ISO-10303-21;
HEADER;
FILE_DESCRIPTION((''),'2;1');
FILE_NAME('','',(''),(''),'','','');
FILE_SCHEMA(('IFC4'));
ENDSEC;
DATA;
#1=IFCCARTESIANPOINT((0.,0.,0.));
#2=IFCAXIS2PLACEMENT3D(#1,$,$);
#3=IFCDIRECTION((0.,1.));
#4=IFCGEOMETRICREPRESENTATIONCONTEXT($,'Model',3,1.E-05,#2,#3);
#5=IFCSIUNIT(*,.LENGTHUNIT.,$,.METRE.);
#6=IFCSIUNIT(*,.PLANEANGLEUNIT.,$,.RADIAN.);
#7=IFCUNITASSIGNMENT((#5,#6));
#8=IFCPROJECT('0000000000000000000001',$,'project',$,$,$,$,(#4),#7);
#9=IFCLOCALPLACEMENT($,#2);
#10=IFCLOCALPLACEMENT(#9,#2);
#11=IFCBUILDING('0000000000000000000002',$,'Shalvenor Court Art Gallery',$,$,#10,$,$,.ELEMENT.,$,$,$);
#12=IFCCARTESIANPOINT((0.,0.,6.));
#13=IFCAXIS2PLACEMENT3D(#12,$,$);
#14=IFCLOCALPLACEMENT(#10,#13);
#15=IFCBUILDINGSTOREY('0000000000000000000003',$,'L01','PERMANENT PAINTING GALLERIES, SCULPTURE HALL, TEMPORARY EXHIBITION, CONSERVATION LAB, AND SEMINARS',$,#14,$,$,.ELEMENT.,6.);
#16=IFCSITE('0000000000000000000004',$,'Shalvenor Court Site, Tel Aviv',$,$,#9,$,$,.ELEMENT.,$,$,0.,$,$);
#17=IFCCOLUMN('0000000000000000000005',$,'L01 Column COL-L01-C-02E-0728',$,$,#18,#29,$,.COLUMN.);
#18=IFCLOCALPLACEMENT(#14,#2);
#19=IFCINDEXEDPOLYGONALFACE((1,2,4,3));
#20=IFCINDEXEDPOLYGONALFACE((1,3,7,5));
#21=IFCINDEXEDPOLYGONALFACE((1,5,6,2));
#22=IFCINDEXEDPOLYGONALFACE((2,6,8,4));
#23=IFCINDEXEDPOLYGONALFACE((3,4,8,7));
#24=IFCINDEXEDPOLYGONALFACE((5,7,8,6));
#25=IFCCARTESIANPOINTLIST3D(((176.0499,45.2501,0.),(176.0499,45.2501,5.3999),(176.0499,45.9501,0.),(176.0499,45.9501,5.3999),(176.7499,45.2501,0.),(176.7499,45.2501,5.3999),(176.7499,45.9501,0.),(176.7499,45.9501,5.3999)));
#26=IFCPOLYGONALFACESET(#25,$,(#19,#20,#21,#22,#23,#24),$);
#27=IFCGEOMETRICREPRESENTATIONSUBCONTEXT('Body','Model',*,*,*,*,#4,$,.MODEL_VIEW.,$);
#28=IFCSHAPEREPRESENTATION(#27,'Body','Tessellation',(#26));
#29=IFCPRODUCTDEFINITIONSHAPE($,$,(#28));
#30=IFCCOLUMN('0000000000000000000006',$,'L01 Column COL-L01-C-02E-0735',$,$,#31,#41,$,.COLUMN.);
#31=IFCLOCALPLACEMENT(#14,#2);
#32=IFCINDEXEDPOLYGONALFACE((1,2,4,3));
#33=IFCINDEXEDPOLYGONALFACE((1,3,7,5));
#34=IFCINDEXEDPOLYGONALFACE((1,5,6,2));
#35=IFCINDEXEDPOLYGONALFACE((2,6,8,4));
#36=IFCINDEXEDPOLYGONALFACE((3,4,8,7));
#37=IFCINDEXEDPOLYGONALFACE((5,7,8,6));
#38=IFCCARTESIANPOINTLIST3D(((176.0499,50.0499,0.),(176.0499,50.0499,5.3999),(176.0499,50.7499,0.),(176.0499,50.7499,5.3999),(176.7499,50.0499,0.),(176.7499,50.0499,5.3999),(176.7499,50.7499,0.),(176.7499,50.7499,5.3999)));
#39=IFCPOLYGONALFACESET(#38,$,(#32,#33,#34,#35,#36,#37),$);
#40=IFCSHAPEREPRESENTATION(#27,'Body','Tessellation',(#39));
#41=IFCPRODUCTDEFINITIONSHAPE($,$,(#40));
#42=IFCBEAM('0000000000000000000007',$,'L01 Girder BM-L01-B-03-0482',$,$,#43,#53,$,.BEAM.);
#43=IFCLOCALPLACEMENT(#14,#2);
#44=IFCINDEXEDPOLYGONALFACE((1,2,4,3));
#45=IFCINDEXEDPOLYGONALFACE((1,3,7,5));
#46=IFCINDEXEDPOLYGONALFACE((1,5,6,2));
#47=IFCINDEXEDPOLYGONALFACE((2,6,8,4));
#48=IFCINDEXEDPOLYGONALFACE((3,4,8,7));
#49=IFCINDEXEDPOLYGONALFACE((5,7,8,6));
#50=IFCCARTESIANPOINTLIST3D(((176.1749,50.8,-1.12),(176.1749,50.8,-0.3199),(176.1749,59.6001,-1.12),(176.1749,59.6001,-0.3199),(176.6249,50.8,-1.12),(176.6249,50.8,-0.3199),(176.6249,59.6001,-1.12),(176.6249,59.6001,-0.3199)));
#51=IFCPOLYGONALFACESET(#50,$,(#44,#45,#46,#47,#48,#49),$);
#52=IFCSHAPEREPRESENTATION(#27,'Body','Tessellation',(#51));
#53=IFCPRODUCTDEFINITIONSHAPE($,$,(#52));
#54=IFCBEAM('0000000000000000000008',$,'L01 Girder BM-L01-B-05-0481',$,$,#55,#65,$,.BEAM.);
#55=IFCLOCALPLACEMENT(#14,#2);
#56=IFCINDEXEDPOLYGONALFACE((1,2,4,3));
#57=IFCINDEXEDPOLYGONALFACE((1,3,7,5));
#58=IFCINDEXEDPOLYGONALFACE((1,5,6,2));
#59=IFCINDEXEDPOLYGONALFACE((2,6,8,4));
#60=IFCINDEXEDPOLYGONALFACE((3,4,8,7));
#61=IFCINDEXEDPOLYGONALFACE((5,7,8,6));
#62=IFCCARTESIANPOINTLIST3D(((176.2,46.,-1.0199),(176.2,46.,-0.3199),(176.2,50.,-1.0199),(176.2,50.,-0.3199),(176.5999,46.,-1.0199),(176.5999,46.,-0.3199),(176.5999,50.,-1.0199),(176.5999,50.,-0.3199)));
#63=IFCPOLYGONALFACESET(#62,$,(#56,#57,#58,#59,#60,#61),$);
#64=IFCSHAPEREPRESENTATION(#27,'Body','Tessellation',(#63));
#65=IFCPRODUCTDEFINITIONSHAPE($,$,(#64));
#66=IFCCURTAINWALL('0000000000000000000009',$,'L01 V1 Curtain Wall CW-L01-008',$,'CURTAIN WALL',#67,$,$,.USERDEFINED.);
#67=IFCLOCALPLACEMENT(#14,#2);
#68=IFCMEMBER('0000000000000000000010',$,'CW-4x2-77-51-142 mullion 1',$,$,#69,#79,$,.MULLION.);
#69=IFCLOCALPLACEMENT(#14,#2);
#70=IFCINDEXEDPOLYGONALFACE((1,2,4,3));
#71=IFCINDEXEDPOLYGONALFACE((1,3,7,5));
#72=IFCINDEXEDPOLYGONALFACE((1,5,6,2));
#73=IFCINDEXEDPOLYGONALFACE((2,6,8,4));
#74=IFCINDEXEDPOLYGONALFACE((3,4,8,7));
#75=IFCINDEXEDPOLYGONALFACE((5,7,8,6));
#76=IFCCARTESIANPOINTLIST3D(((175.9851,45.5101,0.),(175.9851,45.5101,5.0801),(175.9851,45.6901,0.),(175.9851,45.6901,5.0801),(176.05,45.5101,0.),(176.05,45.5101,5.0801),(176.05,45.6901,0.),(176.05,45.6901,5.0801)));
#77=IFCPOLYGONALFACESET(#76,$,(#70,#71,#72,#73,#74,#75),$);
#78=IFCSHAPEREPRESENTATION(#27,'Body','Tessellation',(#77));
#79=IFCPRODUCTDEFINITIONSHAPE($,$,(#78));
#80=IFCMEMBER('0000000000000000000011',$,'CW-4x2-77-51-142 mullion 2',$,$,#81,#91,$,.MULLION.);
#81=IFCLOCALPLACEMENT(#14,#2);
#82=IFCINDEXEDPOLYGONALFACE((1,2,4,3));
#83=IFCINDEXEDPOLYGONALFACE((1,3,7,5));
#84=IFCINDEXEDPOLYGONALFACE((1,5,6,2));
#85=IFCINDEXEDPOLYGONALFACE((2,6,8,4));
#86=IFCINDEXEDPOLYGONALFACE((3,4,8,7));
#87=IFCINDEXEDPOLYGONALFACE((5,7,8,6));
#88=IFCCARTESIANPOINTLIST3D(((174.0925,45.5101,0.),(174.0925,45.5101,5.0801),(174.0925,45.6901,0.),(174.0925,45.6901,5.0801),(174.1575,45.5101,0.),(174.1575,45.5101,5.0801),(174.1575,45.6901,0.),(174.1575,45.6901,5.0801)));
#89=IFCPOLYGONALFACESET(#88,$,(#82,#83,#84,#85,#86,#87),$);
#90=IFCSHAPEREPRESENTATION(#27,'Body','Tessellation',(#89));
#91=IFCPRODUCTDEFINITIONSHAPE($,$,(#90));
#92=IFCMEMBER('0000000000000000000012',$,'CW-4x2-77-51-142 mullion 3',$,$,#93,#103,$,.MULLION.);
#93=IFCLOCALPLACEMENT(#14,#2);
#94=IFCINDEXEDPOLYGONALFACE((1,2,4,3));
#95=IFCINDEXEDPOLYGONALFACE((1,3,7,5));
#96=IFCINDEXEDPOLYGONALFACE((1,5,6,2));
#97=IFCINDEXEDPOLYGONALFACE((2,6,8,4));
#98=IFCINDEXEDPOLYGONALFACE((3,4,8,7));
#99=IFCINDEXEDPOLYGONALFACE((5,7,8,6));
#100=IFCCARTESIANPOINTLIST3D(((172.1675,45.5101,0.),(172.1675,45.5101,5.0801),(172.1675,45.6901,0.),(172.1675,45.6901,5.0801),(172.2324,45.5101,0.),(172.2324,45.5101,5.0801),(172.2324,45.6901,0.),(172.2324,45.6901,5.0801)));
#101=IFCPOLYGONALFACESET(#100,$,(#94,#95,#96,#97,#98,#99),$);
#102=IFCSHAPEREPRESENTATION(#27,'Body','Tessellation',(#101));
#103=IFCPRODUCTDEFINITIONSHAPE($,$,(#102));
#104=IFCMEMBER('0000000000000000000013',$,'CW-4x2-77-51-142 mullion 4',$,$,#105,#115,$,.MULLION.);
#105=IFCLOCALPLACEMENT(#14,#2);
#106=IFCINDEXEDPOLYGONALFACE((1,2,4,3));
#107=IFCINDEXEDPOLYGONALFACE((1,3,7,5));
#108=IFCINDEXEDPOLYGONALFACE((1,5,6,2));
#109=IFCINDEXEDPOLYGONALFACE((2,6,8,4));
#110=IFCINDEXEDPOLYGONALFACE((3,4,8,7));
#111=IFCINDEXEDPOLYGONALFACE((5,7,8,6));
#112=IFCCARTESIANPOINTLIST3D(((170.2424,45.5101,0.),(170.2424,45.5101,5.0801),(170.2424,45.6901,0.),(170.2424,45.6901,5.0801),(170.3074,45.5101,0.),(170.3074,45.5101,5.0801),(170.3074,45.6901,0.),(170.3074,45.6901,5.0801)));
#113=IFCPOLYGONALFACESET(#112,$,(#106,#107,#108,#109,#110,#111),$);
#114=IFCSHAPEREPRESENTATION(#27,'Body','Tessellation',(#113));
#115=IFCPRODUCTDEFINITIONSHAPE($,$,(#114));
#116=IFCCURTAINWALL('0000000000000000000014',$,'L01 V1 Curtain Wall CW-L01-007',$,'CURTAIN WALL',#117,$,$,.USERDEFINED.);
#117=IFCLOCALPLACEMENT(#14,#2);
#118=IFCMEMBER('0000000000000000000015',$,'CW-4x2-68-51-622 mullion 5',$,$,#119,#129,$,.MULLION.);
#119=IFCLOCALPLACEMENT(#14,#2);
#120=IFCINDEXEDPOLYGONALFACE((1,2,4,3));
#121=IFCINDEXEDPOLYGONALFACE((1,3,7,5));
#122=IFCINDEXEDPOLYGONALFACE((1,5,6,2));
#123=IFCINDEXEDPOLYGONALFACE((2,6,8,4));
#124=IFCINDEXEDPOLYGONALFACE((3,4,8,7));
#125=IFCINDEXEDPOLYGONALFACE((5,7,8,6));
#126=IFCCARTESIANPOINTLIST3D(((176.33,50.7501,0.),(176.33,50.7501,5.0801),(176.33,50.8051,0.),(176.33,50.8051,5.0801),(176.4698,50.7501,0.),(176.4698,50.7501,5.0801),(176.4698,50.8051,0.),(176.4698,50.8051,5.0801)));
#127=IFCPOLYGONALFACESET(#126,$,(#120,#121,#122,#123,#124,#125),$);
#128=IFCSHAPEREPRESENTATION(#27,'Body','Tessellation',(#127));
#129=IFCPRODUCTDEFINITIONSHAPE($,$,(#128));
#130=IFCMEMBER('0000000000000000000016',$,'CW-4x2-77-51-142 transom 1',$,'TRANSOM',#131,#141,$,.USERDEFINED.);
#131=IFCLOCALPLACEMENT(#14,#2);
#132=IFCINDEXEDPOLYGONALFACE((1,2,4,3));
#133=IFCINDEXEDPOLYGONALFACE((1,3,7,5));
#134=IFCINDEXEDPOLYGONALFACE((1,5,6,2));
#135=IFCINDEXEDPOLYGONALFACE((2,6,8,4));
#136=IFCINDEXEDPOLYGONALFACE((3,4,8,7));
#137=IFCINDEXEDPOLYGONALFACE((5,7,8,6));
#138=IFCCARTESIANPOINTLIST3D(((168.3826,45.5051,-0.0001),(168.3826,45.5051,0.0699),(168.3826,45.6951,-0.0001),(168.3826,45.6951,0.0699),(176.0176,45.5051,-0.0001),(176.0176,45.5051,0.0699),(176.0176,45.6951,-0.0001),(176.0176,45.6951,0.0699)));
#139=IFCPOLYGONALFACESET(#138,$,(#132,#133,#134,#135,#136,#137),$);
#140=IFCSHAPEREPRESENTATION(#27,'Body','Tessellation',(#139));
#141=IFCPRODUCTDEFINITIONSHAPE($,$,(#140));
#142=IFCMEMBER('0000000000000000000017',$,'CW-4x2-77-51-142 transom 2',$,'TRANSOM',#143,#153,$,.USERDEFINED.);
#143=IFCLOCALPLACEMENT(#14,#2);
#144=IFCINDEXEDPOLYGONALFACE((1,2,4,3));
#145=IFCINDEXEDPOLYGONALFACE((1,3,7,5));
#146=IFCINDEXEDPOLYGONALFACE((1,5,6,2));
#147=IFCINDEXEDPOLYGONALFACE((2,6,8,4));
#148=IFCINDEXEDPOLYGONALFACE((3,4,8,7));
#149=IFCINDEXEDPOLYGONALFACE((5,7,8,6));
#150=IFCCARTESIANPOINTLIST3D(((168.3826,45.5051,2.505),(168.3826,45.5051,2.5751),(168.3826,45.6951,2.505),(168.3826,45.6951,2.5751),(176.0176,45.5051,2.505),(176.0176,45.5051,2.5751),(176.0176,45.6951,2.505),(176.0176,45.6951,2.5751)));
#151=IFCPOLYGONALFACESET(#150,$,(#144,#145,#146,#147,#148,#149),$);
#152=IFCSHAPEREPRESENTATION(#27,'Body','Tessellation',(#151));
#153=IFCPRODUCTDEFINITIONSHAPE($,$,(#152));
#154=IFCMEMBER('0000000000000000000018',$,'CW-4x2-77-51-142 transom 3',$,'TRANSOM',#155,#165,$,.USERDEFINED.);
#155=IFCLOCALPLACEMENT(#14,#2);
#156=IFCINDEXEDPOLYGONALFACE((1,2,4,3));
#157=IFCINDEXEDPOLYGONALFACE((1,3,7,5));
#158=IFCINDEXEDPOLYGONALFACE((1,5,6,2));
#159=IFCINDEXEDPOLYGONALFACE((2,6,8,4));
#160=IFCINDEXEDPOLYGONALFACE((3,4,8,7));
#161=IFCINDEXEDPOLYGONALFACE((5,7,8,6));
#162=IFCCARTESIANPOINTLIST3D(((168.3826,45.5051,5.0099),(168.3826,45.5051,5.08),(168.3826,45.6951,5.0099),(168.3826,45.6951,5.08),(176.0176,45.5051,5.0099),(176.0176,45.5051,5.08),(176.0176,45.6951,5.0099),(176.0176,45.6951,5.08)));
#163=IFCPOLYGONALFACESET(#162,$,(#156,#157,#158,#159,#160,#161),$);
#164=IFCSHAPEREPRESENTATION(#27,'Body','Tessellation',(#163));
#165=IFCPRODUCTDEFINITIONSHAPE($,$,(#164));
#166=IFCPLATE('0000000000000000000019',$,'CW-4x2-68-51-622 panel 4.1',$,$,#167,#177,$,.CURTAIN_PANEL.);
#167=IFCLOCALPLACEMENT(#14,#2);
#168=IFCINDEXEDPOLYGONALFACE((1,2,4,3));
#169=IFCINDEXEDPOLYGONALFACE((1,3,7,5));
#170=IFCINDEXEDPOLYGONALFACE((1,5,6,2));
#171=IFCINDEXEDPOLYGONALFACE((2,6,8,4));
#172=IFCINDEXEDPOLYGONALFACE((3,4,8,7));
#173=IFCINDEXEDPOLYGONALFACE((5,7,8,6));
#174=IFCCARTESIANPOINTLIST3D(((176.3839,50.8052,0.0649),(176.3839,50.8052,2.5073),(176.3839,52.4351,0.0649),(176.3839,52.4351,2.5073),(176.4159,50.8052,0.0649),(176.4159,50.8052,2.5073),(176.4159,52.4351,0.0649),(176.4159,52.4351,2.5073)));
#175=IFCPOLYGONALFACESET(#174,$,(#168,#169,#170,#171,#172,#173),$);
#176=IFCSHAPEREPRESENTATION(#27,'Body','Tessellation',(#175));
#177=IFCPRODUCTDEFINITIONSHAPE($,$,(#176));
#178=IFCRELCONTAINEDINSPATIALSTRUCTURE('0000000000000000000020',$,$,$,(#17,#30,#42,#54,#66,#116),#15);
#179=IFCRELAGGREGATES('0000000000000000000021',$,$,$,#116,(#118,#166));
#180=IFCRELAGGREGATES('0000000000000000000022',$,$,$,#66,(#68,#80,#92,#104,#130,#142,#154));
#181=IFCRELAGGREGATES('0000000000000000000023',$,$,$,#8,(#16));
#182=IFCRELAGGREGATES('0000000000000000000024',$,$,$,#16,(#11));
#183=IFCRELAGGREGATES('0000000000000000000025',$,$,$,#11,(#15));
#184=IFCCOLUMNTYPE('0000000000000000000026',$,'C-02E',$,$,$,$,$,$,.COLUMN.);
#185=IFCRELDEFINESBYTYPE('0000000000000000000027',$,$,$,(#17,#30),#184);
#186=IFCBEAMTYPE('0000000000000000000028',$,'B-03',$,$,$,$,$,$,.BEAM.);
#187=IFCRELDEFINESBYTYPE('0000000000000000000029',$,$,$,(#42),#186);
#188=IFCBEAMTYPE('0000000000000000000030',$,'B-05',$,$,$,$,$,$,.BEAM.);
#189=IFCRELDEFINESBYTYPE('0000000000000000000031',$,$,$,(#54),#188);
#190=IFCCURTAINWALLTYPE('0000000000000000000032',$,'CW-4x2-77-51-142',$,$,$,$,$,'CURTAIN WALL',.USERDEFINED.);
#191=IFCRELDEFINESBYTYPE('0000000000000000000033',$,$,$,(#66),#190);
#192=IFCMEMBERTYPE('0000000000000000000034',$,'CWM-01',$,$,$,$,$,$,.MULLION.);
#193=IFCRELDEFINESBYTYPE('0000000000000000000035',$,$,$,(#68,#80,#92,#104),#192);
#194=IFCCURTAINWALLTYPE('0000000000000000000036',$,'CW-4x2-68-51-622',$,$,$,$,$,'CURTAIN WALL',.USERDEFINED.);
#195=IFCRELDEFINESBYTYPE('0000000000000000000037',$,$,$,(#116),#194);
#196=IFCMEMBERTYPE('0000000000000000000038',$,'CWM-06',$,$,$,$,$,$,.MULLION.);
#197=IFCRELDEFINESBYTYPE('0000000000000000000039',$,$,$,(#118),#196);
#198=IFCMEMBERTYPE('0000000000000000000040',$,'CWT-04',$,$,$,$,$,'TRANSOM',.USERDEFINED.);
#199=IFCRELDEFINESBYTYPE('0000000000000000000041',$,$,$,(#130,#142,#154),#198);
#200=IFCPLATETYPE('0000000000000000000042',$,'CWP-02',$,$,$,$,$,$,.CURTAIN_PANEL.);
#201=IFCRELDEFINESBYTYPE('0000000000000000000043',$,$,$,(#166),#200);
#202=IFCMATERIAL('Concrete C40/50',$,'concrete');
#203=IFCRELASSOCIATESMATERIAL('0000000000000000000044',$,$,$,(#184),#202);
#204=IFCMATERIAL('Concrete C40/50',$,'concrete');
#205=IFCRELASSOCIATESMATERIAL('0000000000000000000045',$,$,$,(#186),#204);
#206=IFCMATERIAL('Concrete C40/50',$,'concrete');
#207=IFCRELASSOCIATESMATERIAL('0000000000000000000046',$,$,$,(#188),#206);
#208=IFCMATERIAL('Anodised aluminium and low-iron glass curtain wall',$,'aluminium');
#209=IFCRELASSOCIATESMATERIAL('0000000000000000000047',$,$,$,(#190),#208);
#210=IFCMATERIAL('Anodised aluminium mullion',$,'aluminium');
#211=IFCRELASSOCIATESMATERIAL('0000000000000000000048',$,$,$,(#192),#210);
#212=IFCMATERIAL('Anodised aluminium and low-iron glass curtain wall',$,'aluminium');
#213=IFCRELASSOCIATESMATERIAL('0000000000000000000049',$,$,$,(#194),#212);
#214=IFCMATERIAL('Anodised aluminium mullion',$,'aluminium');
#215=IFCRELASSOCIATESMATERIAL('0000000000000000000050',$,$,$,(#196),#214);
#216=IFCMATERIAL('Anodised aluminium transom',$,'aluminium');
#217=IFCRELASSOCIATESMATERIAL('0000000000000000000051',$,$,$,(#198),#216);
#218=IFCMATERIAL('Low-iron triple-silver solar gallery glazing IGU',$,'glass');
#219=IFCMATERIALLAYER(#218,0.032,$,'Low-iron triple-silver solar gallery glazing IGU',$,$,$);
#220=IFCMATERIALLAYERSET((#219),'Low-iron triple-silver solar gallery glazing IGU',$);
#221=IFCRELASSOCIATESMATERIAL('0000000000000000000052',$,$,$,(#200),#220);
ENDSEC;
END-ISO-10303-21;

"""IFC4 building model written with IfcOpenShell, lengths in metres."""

from ifc_helpers import new_model, si_unit, direction, frame, origin, origin_2d, place, context, subcontext, project, spatial, rectangle, extrude, material, layer, layer_set, material_profile, profile_set, type_object, element, aggregate, save


model = new_model("IFC4")

# Units and contexts
model_context = context("Model", 3, precision=1e-05, world=origin(), true_north=direction((0.0, 1.0)))
body_context = subcontext(model_context, "Body", "Model", "MODEL_VIEW")
ifc_project = project(units=[si_unit("LENGTHUNIT", "METRE"), si_unit("PLANEANGLEUNIT", "RADIAN")], contexts=[model_context])

# Site, building, storey
site_placement = place(None, origin())
site = spatial("IfcSite", under=ifc_project, at=site_placement, Name="Shalvenor Court Site, Tel Aviv", CompositionType="ELEMENT", RefElevation=0.0)
building_placement = place(site_placement, origin())
building = spatial("IfcBuilding", under=site, at=building_placement, Name="Shalvenor Court Art Gallery", CompositionType="ELEMENT")
storey_placement = place(building_placement, frame((0.0, 0.0, 6.0)))
storey = spatial("IfcBuildingStorey", under=building, at=storey_placement, Name="L01", Description="PERMANENT PAINTING GALLERIES, SCULPTURE HALL, TEMPORARY EXHIBITION, CONSERVATION LAB, AND SEMINARS", CompositionType="ELEMENT", Elevation=6.0)

# Columns
ifc_material_1 = material(Name="Concrete C40/50", Category="concrete")
ifc_material_profile_1 = material_profile(ifc_material_1, rectangle(XDim=0.7, YDim=0.7, at=origin_2d()), Name="RC 700x700")
ifc_profile_set_1 = profile_set([ifc_material_profile_1], Name="Concrete C40/50")
column_type = type_object("IfcColumnType", Name="C-02E", PredefinedType="COLUMN", material=ifc_profile_set_1)
for number, where, z_axis, x_axis, name in (
    (1, (176.3999, 45.6001, 0.0), (0.0, 0.0, 1.0), (1.0, 0.0, 0.0), "L01 Column COL-L01-C-02E-0728"),
    (2, (176.3999, 50.3999, 0.0), (0.0, 0.0, 1.0), (1.0, 0.0, 0.0), "L01 Column COL-L01-C-02E-0735"),
):
    element("IfcColumn", number, at=place(storey_placement, frame(where, z_axis=z_axis, x_axis=x_axis)), inside=storey, type_object=column_type, Name=name, PredefinedType="COLUMN", context=body_context, shape_type="SweptSolid", body=[
        extrude(rectangle(XDim=0.7, YDim=0.7, at=origin_2d()), origin(), (0.0, 0.0, 1.0), 5.3999),
    ])

# Beams
ifc_material_2 = material(Name="Concrete C40/50", Category="concrete")
ifc_material_profile_2 = material_profile(ifc_material_2, rectangle(XDim=0.45, YDim=0.8, at=origin_2d()), Name="RC 450x800")
ifc_profile_set_2 = profile_set([ifc_material_profile_2], Name="Concrete C40/50")
beam_type_1 = type_object("IfcBeamType", Name="B-03", PredefinedType="BEAM", material=ifc_profile_set_2)
beam_1_placement = place(storey_placement, frame((176.3999, 50.8, -0.72), z_axis=(0.0, 1.0, 0.0), x_axis=(-1.0, 0.0, 0.0)))
element("IfcBeam", 3, at=beam_1_placement, inside=storey, type_object=beam_type_1, Name="L01 Girder BM-L01-B-03-0482", PredefinedType="BEAM", context=body_context, shape_type="SweptSolid", body=[
    extrude(rectangle(XDim=0.45, YDim=0.8, at=origin_2d()), origin(), (0.0, 0.0, 1.0), 8.8),
])
ifc_material_3 = material(Name="Concrete C40/50", Category="concrete")
ifc_material_profile_3 = material_profile(ifc_material_3, rectangle(XDim=0.3999, YDim=0.7, at=origin_2d()), Name="RC 400x700")
ifc_profile_set_3 = profile_set([ifc_material_profile_3], Name="Concrete C40/50")
beam_type_2 = type_object("IfcBeamType", Name="B-05", PredefinedType="BEAM", material=ifc_profile_set_3)
beam_2_placement = place(storey_placement, frame((176.3999, 46.0, -0.6699), z_axis=(0.0, 1.0, 0.0), x_axis=(-1.0, 0.0, 0.0)))
element("IfcBeam", 4, at=beam_2_placement, inside=storey, type_object=beam_type_2, Name="L01 Girder BM-L01-B-05-0481", PredefinedType="BEAM", context=body_context, shape_type="SweptSolid", body=[
    extrude(rectangle(XDim=0.3999, YDim=0.7, at=origin_2d()), origin(), (0.0, 0.0, 1.0), 4.0),
])

# Curtain wall, members
ifc_material_4 = material(Name="Anodised aluminium and low-iron glass curtain wall", Category="aluminium")
curtain_wall_type_1 = type_object("IfcCurtainWallType", Name="CW-4x2-77-51-142", ElementType="CURTAIN WALL", PredefinedType="USERDEFINED", material=ifc_material_4)
curtain_wall_1_placement = place(storey_placement, origin())
curtain_wall_1 = element("IfcCurtainWall", 5, at=curtain_wall_1_placement, inside=storey, type_object=curtain_wall_type_1, Name="L01 V1 Curtain Wall CW-L01-008", ObjectType="CURTAIN WALL", PredefinedType="USERDEFINED")
ifc_material_5 = material(Name="Anodised aluminium mullion", Category="aluminium")
ifc_material_profile_4 = material_profile(ifc_material_5, rectangle(XDim=0.0649, YDim=0.1799, at=origin_2d()), Name="CWM-01")
ifc_profile_set_4 = profile_set([ifc_material_profile_4], Name="Anodised aluminium mullion")
member_type_1 = type_object("IfcMemberType", Name="CWM-01", PredefinedType="MULLION", material=ifc_profile_set_4)
member_1_placement = place(storey_placement, frame((176.0176, 45.6001, 0.0), z_axis=(0.0, 0.0, 1.0), x_axis=(-1.0, 0.0, 0.0)))
member_1 = element("IfcMember", 6, at=member_1_placement, type_object=member_type_1, Name="CW-4x2-77-51-142 mullion 1", PredefinedType="MULLION", context=body_context, shape_type="SweptSolid", body=[
    extrude(rectangle(XDim=0.0649, YDim=0.1799, at=origin_2d()), origin(), (0.0, 0.0, 1.0), 5.0801),
])
member_2_placement = place(storey_placement, frame((174.125, 45.6001, 0.0), z_axis=(0.0, 0.0, 1.0), x_axis=(-1.0, 0.0, 0.0)))
member_2 = element("IfcMember", 7, at=member_2_placement, type_object=member_type_1, Name="CW-4x2-77-51-142 mullion 2", PredefinedType="MULLION", context=body_context, shape_type="SweptSolid", body=[
    extrude(rectangle(XDim=0.0649, YDim=0.1799, at=origin_2d()), origin(), (0.0, 0.0, 1.0), 5.0801),
])
member_3_placement = place(storey_placement, frame((172.2, 45.6001, 0.0), z_axis=(0.0, 0.0, 1.0), x_axis=(-1.0, 0.0, 0.0)))
member_3 = element("IfcMember", 8, at=member_3_placement, type_object=member_type_1, Name="CW-4x2-77-51-142 mullion 3", PredefinedType="MULLION", context=body_context, shape_type="SweptSolid", body=[
    extrude(rectangle(XDim=0.0649, YDim=0.1799, at=origin_2d()), origin(), (0.0, 0.0, 1.0), 5.0801),
])
member_4_placement = place(storey_placement, frame((170.2749, 45.6001, 0.0), z_axis=(0.0, 0.0, 1.0), x_axis=(-1.0, 0.0, 0.0)))
member_4 = element("IfcMember", 9, at=member_4_placement, type_object=member_type_1, Name="CW-4x2-77-51-142 mullion 4", PredefinedType="MULLION", context=body_context, shape_type="SweptSolid", body=[
    extrude(rectangle(XDim=0.0649, YDim=0.1799, at=origin_2d()), origin(), (0.0, 0.0, 1.0), 5.0801),
])

# Curtain wall, member
ifc_material_6 = material(Name="Anodised aluminium and low-iron glass curtain wall", Category="aluminium")
curtain_wall_type_2 = type_object("IfcCurtainWallType", Name="CW-4x2-68-51-622", ElementType="CURTAIN WALL", PredefinedType="USERDEFINED", material=ifc_material_6)
curtain_wall_2_placement = place(storey_placement, origin())
curtain_wall_2 = element("IfcCurtainWall", 10, at=curtain_wall_2_placement, inside=storey, type_object=curtain_wall_type_2, Name="L01 V1 Curtain Wall CW-L01-007", ObjectType="CURTAIN WALL", PredefinedType="USERDEFINED")
ifc_material_7 = material(Name="Anodised aluminium mullion", Category="aluminium")
ifc_material_profile_5 = material_profile(ifc_material_7, rectangle(XDim=0.0549, YDim=0.1399, at=origin_2d()), Name="CWM-06")
ifc_profile_set_5 = profile_set([ifc_material_profile_5], Name="Anodised aluminium mullion")
member_type_2 = type_object("IfcMemberType", Name="CWM-06", PredefinedType="MULLION", material=ifc_profile_set_5)
member_5_placement = place(storey_placement, frame((176.3999, 50.7776, 0.0), z_axis=(0.0, 0.0, 1.0), x_axis=(0.0, -1.0, 0.0)))
member_5 = element("IfcMember", 11, at=member_5_placement, type_object=member_type_2, Name="CW-4x2-68-51-622 mullion 5", PredefinedType="MULLION", context=body_context, shape_type="SweptSolid", body=[
    extrude(rectangle(XDim=0.0549, YDim=0.1399, at=origin_2d()), origin(), (0.0, 0.0, 1.0), 5.0801),
])

# Members
ifc_material_8 = material(Name="Anodised aluminium transom", Category="aluminium")
ifc_material_profile_6 = material_profile(ifc_material_8, rectangle(XDim=0.1899, YDim=0.0701, at=origin_2d()), Name="CWT-04")
ifc_profile_set_6 = profile_set([ifc_material_profile_6], Name="Anodised aluminium transom")
member_type_3 = type_object("IfcMemberType", Name="CWT-04", ElementType="TRANSOM", PredefinedType="USERDEFINED", material=ifc_profile_set_6)
member_6_placement = place(storey_placement, frame((176.0176, 45.6001, 0.0349), z_axis=(-1.0, 0.0, 0.0), x_axis=(0.0, -1.0, 0.0)))
member_6 = element("IfcMember", 12, at=member_6_placement, type_object=member_type_3, Name="CW-4x2-77-51-142 transom 1", ObjectType="TRANSOM", PredefinedType="USERDEFINED", context=body_context, shape_type="SweptSolid", body=[
    extrude(rectangle(XDim=0.1899, YDim=0.0701, at=origin_2d()), origin(), (0.0, 0.0, 1.0), 7.635),
])
member_7_placement = place(storey_placement, frame((176.0176, 45.6001, 2.54), z_axis=(-1.0, 0.0, 0.0), x_axis=(0.0, -1.0, 0.0)))
member_7 = element("IfcMember", 13, at=member_7_placement, type_object=member_type_3, Name="CW-4x2-77-51-142 transom 2", ObjectType="TRANSOM", PredefinedType="USERDEFINED", context=body_context, shape_type="SweptSolid", body=[
    extrude(rectangle(XDim=0.1899, YDim=0.0701, at=origin_2d()), origin(), (0.0, 0.0, 1.0), 7.635),
])
member_8_placement = place(storey_placement, frame((176.0176, 45.6001, 5.0449), z_axis=(-1.0, 0.0, 0.0), x_axis=(0.0, -1.0, 0.0)))
member_8 = element("IfcMember", 14, at=member_8_placement, type_object=member_type_3, Name="CW-4x2-77-51-142 transom 3", ObjectType="TRANSOM", PredefinedType="USERDEFINED", context=body_context, shape_type="SweptSolid", body=[
    extrude(rectangle(XDim=0.1899, YDim=0.0701, at=origin_2d()), origin(), (0.0, 0.0, 1.0), 7.635),
])

# Plate
ifc_material_9 = material(Name="Low-iron triple-silver solar gallery glazing IGU", Category="glass")
ifc_layer_1 = layer(ifc_material_9, 0.032, Name="Low-iron triple-silver solar gallery glazing IGU")
ifc_layer_set_1 = layer_set([ifc_layer_1], Name="Low-iron triple-silver solar gallery glazing IGU")
plate_type_1 = type_object("IfcPlateType", Name="CWP-02", PredefinedType="CURTAIN_PANEL", material=ifc_layer_set_1)
plate_1_placement = place(storey_placement, frame((176.3999, 51.6201, 0.0649), z_axis=(0.0, 0.0, 1.0), x_axis=(0.0, -1.0, 0.0)))
plate_1 = element("IfcPlate", 15, at=plate_1_placement, type_object=plate_type_1, Name="CW-4x2-68-51-622 panel 4.1", PredefinedType="CURTAIN_PANEL", context=body_context, shape_type="SweptSolid", body=[
    extrude(rectangle(XDim=1.6299, YDim=0.032, at=origin_2d()), origin(), (0.0, 0.0, 1.0), 2.4424),
])
aggregate(curtain_wall_2, [member_5, plate_1])
aggregate(curtain_wall_1, [member_1, member_2, member_3, member_4, member_6, member_7, member_8])

save(model, "model.ifc")
